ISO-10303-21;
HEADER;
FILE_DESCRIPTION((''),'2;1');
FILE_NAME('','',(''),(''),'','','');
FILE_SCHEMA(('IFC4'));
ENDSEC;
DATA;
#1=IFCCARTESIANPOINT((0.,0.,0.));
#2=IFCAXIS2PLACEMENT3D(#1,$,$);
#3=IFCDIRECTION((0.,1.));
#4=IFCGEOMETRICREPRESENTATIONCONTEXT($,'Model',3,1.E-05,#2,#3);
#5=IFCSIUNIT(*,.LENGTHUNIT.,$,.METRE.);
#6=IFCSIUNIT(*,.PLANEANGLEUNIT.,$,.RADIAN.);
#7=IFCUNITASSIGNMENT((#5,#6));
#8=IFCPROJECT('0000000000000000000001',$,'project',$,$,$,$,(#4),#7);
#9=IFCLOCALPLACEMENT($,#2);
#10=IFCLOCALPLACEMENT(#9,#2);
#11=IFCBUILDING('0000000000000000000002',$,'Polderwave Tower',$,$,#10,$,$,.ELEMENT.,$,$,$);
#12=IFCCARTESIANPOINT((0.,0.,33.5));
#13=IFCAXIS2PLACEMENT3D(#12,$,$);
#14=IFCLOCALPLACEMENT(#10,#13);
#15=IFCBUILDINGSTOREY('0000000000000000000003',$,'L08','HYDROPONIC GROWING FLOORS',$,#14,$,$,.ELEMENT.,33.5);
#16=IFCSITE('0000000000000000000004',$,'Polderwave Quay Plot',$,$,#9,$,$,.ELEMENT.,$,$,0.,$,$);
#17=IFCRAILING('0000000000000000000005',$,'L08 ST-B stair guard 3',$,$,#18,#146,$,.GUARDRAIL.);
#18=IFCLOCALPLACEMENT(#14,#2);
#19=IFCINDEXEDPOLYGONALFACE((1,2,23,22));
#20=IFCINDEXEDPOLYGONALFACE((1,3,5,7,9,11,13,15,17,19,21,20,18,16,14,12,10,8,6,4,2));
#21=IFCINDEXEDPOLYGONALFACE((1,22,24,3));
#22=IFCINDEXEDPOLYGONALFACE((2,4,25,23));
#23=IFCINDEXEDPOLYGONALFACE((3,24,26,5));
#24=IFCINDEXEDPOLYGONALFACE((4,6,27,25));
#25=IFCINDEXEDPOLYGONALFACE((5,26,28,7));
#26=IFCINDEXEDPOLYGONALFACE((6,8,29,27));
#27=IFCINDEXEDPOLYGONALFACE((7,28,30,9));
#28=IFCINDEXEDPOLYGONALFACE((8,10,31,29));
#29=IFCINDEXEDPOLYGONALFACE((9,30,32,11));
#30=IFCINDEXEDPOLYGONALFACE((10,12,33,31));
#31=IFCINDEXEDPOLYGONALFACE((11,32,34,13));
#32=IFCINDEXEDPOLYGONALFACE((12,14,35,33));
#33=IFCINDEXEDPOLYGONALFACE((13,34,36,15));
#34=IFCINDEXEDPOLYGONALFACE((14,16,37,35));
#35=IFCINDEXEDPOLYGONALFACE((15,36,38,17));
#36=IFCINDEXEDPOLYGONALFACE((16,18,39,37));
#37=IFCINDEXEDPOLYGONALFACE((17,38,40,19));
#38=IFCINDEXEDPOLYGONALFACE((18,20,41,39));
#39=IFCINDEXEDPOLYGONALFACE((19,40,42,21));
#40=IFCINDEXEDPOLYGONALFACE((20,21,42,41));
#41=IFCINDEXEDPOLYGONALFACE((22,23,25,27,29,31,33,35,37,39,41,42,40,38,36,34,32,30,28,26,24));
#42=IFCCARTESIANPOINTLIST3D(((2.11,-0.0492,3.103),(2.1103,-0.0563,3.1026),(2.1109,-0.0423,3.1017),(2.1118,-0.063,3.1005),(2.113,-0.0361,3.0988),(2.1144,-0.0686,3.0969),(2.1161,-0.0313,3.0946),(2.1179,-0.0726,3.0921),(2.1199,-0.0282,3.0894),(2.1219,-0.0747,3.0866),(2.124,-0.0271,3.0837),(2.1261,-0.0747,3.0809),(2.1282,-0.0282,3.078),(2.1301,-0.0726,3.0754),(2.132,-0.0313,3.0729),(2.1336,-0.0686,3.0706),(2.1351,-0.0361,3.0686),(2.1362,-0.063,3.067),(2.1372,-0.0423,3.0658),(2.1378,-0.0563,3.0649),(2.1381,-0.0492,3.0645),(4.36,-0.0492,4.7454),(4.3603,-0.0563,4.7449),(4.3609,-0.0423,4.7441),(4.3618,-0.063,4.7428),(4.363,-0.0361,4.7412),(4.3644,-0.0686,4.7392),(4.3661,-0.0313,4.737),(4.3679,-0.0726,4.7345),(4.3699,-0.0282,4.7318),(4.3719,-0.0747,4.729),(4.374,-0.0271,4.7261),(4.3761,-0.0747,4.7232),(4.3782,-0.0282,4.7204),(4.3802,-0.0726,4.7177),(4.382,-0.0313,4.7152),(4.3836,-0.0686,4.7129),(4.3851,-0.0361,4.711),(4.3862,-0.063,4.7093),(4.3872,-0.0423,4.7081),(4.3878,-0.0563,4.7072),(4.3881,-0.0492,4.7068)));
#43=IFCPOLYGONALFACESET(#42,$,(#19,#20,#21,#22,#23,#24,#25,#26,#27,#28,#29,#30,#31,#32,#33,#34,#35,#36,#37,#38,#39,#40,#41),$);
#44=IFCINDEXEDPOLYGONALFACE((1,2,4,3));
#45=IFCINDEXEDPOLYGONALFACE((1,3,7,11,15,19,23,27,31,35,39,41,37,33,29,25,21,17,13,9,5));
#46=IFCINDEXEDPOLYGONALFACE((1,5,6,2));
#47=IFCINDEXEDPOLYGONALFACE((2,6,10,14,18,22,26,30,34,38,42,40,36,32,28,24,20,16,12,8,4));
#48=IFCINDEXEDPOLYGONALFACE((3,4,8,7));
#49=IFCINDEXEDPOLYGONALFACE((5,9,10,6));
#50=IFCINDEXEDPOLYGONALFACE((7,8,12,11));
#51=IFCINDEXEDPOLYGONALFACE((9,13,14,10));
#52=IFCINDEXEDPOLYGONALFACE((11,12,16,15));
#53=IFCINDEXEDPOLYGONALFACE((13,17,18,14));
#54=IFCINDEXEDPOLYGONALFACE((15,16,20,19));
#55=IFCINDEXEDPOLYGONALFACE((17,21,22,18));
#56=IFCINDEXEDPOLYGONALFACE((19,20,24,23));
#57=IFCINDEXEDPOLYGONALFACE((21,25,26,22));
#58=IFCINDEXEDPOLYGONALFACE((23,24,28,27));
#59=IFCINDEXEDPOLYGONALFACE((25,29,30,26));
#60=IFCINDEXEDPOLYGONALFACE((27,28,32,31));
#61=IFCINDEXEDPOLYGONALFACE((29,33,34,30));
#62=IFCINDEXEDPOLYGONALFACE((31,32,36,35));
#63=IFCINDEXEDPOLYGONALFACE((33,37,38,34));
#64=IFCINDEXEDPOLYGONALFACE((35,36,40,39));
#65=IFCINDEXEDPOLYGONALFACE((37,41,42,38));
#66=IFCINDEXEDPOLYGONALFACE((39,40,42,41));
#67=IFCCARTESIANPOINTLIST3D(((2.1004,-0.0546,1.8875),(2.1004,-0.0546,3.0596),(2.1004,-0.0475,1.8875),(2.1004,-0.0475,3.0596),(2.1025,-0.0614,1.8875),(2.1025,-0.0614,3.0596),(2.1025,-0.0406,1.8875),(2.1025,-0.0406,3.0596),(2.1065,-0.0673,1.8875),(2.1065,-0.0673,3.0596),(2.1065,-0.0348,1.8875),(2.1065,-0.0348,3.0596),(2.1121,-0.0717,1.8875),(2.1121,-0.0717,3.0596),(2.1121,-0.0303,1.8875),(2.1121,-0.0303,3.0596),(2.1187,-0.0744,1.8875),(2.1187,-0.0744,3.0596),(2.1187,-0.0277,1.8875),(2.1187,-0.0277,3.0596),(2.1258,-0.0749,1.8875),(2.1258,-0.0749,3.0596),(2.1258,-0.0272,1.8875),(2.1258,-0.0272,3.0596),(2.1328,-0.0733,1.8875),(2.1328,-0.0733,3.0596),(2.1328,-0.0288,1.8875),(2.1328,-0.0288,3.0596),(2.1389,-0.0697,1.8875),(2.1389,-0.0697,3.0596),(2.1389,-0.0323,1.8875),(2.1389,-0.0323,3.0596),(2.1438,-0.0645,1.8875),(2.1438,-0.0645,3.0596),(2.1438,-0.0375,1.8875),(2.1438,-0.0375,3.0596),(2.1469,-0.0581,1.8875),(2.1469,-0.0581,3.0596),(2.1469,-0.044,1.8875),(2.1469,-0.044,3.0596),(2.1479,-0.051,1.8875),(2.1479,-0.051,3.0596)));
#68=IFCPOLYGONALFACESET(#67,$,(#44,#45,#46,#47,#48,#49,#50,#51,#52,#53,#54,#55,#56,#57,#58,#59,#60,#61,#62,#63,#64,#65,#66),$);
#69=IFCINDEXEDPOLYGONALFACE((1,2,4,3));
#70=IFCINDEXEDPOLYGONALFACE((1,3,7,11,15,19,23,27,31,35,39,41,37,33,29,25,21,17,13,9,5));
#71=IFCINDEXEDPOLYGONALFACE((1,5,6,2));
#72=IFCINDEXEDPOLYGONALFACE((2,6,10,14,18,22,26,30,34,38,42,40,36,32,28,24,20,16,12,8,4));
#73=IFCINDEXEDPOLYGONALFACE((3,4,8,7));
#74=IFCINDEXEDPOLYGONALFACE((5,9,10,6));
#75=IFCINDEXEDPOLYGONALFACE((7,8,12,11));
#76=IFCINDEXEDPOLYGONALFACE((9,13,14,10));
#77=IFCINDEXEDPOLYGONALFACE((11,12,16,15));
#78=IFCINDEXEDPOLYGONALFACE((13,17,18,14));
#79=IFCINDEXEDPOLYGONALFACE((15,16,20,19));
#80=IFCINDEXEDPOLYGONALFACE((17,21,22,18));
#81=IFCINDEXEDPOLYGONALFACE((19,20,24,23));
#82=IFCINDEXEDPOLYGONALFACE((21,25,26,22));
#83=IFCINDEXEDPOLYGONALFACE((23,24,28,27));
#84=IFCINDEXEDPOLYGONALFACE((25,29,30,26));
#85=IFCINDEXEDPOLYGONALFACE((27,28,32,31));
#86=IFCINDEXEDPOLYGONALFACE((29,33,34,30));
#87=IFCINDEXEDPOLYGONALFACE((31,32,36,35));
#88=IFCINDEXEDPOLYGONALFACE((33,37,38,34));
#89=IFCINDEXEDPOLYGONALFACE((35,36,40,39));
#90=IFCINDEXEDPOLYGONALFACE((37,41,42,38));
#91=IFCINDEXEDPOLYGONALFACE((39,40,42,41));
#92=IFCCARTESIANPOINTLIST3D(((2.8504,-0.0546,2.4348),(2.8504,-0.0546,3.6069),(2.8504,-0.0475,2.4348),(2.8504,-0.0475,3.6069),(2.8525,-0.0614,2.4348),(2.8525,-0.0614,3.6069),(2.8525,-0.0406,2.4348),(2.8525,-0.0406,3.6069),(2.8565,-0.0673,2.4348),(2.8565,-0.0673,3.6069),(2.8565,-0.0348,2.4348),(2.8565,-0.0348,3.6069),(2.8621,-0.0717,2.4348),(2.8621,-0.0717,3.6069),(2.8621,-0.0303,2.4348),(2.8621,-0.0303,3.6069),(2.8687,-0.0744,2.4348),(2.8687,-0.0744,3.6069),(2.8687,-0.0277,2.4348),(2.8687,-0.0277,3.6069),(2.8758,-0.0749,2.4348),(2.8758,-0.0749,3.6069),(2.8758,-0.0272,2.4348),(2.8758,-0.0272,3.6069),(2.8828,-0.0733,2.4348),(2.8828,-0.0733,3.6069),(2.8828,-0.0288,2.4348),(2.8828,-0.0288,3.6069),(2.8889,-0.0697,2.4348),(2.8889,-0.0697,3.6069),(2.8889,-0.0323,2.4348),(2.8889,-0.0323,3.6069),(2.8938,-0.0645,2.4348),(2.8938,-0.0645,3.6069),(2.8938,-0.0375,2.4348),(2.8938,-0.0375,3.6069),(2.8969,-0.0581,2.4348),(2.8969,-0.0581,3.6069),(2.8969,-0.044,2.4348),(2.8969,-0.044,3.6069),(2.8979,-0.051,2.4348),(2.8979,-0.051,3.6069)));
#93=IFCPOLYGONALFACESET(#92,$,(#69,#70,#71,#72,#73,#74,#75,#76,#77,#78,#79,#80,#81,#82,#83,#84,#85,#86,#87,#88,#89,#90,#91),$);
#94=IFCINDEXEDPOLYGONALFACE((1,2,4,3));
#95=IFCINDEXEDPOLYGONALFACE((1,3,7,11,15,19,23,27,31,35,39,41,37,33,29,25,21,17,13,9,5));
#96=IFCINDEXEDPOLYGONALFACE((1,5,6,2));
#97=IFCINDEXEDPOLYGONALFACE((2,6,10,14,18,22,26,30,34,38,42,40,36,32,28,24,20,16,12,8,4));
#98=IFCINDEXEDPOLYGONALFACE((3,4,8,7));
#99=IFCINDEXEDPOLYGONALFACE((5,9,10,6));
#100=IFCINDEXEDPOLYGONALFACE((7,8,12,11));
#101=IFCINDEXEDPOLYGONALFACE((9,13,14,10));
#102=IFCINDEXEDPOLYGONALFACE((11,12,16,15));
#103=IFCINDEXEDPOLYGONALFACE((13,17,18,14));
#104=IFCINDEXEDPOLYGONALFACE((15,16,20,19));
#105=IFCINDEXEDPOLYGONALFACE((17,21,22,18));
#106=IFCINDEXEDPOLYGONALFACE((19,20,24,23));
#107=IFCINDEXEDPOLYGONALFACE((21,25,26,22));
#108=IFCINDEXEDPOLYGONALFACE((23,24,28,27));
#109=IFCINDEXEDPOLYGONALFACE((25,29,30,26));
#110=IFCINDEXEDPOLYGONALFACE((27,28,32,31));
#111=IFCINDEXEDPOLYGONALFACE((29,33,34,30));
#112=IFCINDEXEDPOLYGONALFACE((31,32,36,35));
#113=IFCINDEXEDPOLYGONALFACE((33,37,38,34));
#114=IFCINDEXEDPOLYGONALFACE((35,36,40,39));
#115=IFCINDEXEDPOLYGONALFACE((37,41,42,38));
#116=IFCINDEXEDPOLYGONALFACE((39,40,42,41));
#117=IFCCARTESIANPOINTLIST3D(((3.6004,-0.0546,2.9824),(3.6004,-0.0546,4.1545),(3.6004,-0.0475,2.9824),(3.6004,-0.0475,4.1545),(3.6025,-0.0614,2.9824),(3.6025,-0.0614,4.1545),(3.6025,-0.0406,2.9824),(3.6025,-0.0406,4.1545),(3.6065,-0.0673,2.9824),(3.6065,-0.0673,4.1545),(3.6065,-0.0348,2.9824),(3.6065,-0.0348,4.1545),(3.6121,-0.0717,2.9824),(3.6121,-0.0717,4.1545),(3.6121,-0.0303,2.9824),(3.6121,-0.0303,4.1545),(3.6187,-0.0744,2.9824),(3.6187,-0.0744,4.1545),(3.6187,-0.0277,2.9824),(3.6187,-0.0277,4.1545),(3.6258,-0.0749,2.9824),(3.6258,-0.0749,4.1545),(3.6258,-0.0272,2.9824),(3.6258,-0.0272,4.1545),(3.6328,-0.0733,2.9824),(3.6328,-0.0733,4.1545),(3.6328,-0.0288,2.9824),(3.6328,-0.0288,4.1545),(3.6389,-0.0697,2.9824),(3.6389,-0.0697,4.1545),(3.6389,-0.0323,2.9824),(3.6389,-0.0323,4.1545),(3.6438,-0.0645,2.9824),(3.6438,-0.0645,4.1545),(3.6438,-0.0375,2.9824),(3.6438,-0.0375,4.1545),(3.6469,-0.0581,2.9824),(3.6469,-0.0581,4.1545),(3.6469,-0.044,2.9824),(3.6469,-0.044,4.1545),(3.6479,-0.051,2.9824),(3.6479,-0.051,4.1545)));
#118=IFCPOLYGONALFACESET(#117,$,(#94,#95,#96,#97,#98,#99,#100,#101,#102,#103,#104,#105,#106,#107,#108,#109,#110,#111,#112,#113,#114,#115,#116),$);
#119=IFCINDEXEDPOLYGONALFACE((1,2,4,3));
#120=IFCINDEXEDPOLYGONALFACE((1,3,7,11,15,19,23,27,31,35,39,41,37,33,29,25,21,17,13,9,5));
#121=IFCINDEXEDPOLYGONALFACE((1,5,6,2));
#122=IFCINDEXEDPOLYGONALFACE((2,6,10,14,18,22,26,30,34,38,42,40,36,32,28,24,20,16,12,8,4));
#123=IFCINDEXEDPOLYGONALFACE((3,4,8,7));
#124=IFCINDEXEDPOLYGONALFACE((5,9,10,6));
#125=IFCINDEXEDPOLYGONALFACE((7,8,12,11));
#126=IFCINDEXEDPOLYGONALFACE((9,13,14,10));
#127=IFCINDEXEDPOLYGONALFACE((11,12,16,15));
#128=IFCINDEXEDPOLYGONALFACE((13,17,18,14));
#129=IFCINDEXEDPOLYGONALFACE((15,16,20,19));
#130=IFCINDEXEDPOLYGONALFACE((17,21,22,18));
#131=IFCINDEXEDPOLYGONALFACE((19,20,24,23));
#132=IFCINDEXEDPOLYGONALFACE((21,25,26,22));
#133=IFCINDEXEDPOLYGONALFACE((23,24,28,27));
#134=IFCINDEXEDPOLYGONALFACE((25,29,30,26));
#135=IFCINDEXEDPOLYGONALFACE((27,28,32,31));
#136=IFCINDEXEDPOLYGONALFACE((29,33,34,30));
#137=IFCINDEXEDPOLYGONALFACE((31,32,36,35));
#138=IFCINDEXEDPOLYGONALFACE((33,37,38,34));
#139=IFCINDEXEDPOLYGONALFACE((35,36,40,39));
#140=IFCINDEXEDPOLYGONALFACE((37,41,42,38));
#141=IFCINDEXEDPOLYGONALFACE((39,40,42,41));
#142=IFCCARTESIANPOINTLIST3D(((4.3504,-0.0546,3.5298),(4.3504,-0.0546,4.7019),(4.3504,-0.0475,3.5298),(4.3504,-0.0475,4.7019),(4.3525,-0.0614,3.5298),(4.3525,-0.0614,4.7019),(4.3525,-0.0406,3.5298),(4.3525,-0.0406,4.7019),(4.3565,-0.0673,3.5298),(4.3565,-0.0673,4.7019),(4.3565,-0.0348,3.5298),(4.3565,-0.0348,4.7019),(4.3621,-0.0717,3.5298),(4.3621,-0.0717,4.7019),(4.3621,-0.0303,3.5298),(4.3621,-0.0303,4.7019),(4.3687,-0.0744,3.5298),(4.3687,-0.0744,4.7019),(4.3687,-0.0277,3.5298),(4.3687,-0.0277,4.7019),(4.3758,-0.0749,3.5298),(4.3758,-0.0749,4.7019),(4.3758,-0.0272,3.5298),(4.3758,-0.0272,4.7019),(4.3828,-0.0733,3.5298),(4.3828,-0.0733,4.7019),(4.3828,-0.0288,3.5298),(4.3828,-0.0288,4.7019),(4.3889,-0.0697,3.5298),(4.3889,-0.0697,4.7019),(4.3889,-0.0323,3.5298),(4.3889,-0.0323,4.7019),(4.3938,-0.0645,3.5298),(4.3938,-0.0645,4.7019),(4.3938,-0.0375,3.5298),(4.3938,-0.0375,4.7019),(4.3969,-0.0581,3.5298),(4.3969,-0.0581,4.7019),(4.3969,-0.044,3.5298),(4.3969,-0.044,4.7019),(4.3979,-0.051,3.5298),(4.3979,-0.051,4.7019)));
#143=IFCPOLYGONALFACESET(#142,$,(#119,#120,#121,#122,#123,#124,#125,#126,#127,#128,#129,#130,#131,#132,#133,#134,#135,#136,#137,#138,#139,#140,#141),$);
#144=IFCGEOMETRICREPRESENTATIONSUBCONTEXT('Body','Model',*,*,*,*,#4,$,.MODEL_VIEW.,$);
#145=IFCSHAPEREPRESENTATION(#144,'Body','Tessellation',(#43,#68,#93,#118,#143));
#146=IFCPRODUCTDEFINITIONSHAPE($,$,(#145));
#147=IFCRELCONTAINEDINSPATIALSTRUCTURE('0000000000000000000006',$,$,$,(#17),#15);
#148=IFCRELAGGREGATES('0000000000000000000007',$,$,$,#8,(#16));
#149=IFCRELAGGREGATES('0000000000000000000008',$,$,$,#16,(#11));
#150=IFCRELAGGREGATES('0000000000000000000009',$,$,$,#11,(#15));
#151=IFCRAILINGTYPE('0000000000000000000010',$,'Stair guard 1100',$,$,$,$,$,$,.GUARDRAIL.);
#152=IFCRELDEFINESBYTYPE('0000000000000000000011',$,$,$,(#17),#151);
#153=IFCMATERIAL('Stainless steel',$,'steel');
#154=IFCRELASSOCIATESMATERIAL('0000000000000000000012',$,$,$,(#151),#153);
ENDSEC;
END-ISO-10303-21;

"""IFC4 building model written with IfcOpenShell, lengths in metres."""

from ifc_helpers import new_model, si_unit, direction, frame, origin, origin_2d, place, context, subcontext, project, spatial, circle, extrude, material, type_object, element, save


model = new_model("IFC4")

# Units and contexts
model_context = context("Model", 3, precision=1e-05, world=origin(), true_north=direction((0.0, 1.0)))
body_context = subcontext(model_context, "Body", "Model", "MODEL_VIEW")
ifc_project = project(units=[si_unit("LENGTHUNIT", "METRE"), si_unit("PLANEANGLEUNIT", "RADIAN")], contexts=[model_context])

# Site, building, storey
site_placement = place(None, origin())
site = spatial("IfcSite", under=ifc_project, at=site_placement, Name="Polderwave Quay Plot", CompositionType="ELEMENT", RefElevation=0.0)
building_placement = place(site_placement, origin())
building = spatial("IfcBuilding", under=site, at=building_placement, Name="Polderwave Tower", CompositionType="ELEMENT")
storey_placement = place(building_placement, frame((0.0, 0.0, 33.5)))
storey = spatial("IfcBuildingStorey", under=building, at=storey_placement, Name="L08", Description="HYDROPONIC GROWING FLOORS", CompositionType="ELEMENT", Elevation=33.5)

# Railing
ifc_material_1 = material(Name="Stainless steel", Category="steel")
railing_type_1 = type_object("IfcRailingType", Name="Stair guard 1100", PredefinedType="GUARDRAIL", material=ifc_material_1)
railing_1_placement = place(storey_placement, frame((2.124, -0.051, 1.8875)))
element("IfcRailing", 1, at=railing_1_placement, inside=storey, type_object=railing_type_1, Name="L08 ST-B stair guard 3", PredefinedType="GUARDRAIL", context=body_context, shape_type="SweptSolid", body=[
    extrude(circle(Radius=0.0239, at=origin_2d()), frame((0.0, 0.0, 1.1963), z_axis=(0.807715, 0.0, 0.589573), x_axis=(0.0, 1.0, 0.0)), (0.0, 0.0, 1.0), 2.7856),
    extrude(circle(Radius=0.0239, at=origin_2d()), origin(), (0.0, 0.0, 1.0), 1.1721),
    extrude(circle(Radius=0.0239, at=origin_2d()), frame((0.75, 0.0, 0.5474)), (0.0, 0.0, 1.0), 1.1721),
    extrude(circle(Radius=0.0239, at=origin_2d()), frame((1.5, 0.0, 1.095)), (0.0, 0.0, 1.0), 1.1721),
    extrude(circle(Radius=0.0239, at=origin_2d()), frame((2.25, 0.0, 1.6423)), (0.0, 0.0, 1.0), 1.1721),
])

save(model, "model.ifc")
